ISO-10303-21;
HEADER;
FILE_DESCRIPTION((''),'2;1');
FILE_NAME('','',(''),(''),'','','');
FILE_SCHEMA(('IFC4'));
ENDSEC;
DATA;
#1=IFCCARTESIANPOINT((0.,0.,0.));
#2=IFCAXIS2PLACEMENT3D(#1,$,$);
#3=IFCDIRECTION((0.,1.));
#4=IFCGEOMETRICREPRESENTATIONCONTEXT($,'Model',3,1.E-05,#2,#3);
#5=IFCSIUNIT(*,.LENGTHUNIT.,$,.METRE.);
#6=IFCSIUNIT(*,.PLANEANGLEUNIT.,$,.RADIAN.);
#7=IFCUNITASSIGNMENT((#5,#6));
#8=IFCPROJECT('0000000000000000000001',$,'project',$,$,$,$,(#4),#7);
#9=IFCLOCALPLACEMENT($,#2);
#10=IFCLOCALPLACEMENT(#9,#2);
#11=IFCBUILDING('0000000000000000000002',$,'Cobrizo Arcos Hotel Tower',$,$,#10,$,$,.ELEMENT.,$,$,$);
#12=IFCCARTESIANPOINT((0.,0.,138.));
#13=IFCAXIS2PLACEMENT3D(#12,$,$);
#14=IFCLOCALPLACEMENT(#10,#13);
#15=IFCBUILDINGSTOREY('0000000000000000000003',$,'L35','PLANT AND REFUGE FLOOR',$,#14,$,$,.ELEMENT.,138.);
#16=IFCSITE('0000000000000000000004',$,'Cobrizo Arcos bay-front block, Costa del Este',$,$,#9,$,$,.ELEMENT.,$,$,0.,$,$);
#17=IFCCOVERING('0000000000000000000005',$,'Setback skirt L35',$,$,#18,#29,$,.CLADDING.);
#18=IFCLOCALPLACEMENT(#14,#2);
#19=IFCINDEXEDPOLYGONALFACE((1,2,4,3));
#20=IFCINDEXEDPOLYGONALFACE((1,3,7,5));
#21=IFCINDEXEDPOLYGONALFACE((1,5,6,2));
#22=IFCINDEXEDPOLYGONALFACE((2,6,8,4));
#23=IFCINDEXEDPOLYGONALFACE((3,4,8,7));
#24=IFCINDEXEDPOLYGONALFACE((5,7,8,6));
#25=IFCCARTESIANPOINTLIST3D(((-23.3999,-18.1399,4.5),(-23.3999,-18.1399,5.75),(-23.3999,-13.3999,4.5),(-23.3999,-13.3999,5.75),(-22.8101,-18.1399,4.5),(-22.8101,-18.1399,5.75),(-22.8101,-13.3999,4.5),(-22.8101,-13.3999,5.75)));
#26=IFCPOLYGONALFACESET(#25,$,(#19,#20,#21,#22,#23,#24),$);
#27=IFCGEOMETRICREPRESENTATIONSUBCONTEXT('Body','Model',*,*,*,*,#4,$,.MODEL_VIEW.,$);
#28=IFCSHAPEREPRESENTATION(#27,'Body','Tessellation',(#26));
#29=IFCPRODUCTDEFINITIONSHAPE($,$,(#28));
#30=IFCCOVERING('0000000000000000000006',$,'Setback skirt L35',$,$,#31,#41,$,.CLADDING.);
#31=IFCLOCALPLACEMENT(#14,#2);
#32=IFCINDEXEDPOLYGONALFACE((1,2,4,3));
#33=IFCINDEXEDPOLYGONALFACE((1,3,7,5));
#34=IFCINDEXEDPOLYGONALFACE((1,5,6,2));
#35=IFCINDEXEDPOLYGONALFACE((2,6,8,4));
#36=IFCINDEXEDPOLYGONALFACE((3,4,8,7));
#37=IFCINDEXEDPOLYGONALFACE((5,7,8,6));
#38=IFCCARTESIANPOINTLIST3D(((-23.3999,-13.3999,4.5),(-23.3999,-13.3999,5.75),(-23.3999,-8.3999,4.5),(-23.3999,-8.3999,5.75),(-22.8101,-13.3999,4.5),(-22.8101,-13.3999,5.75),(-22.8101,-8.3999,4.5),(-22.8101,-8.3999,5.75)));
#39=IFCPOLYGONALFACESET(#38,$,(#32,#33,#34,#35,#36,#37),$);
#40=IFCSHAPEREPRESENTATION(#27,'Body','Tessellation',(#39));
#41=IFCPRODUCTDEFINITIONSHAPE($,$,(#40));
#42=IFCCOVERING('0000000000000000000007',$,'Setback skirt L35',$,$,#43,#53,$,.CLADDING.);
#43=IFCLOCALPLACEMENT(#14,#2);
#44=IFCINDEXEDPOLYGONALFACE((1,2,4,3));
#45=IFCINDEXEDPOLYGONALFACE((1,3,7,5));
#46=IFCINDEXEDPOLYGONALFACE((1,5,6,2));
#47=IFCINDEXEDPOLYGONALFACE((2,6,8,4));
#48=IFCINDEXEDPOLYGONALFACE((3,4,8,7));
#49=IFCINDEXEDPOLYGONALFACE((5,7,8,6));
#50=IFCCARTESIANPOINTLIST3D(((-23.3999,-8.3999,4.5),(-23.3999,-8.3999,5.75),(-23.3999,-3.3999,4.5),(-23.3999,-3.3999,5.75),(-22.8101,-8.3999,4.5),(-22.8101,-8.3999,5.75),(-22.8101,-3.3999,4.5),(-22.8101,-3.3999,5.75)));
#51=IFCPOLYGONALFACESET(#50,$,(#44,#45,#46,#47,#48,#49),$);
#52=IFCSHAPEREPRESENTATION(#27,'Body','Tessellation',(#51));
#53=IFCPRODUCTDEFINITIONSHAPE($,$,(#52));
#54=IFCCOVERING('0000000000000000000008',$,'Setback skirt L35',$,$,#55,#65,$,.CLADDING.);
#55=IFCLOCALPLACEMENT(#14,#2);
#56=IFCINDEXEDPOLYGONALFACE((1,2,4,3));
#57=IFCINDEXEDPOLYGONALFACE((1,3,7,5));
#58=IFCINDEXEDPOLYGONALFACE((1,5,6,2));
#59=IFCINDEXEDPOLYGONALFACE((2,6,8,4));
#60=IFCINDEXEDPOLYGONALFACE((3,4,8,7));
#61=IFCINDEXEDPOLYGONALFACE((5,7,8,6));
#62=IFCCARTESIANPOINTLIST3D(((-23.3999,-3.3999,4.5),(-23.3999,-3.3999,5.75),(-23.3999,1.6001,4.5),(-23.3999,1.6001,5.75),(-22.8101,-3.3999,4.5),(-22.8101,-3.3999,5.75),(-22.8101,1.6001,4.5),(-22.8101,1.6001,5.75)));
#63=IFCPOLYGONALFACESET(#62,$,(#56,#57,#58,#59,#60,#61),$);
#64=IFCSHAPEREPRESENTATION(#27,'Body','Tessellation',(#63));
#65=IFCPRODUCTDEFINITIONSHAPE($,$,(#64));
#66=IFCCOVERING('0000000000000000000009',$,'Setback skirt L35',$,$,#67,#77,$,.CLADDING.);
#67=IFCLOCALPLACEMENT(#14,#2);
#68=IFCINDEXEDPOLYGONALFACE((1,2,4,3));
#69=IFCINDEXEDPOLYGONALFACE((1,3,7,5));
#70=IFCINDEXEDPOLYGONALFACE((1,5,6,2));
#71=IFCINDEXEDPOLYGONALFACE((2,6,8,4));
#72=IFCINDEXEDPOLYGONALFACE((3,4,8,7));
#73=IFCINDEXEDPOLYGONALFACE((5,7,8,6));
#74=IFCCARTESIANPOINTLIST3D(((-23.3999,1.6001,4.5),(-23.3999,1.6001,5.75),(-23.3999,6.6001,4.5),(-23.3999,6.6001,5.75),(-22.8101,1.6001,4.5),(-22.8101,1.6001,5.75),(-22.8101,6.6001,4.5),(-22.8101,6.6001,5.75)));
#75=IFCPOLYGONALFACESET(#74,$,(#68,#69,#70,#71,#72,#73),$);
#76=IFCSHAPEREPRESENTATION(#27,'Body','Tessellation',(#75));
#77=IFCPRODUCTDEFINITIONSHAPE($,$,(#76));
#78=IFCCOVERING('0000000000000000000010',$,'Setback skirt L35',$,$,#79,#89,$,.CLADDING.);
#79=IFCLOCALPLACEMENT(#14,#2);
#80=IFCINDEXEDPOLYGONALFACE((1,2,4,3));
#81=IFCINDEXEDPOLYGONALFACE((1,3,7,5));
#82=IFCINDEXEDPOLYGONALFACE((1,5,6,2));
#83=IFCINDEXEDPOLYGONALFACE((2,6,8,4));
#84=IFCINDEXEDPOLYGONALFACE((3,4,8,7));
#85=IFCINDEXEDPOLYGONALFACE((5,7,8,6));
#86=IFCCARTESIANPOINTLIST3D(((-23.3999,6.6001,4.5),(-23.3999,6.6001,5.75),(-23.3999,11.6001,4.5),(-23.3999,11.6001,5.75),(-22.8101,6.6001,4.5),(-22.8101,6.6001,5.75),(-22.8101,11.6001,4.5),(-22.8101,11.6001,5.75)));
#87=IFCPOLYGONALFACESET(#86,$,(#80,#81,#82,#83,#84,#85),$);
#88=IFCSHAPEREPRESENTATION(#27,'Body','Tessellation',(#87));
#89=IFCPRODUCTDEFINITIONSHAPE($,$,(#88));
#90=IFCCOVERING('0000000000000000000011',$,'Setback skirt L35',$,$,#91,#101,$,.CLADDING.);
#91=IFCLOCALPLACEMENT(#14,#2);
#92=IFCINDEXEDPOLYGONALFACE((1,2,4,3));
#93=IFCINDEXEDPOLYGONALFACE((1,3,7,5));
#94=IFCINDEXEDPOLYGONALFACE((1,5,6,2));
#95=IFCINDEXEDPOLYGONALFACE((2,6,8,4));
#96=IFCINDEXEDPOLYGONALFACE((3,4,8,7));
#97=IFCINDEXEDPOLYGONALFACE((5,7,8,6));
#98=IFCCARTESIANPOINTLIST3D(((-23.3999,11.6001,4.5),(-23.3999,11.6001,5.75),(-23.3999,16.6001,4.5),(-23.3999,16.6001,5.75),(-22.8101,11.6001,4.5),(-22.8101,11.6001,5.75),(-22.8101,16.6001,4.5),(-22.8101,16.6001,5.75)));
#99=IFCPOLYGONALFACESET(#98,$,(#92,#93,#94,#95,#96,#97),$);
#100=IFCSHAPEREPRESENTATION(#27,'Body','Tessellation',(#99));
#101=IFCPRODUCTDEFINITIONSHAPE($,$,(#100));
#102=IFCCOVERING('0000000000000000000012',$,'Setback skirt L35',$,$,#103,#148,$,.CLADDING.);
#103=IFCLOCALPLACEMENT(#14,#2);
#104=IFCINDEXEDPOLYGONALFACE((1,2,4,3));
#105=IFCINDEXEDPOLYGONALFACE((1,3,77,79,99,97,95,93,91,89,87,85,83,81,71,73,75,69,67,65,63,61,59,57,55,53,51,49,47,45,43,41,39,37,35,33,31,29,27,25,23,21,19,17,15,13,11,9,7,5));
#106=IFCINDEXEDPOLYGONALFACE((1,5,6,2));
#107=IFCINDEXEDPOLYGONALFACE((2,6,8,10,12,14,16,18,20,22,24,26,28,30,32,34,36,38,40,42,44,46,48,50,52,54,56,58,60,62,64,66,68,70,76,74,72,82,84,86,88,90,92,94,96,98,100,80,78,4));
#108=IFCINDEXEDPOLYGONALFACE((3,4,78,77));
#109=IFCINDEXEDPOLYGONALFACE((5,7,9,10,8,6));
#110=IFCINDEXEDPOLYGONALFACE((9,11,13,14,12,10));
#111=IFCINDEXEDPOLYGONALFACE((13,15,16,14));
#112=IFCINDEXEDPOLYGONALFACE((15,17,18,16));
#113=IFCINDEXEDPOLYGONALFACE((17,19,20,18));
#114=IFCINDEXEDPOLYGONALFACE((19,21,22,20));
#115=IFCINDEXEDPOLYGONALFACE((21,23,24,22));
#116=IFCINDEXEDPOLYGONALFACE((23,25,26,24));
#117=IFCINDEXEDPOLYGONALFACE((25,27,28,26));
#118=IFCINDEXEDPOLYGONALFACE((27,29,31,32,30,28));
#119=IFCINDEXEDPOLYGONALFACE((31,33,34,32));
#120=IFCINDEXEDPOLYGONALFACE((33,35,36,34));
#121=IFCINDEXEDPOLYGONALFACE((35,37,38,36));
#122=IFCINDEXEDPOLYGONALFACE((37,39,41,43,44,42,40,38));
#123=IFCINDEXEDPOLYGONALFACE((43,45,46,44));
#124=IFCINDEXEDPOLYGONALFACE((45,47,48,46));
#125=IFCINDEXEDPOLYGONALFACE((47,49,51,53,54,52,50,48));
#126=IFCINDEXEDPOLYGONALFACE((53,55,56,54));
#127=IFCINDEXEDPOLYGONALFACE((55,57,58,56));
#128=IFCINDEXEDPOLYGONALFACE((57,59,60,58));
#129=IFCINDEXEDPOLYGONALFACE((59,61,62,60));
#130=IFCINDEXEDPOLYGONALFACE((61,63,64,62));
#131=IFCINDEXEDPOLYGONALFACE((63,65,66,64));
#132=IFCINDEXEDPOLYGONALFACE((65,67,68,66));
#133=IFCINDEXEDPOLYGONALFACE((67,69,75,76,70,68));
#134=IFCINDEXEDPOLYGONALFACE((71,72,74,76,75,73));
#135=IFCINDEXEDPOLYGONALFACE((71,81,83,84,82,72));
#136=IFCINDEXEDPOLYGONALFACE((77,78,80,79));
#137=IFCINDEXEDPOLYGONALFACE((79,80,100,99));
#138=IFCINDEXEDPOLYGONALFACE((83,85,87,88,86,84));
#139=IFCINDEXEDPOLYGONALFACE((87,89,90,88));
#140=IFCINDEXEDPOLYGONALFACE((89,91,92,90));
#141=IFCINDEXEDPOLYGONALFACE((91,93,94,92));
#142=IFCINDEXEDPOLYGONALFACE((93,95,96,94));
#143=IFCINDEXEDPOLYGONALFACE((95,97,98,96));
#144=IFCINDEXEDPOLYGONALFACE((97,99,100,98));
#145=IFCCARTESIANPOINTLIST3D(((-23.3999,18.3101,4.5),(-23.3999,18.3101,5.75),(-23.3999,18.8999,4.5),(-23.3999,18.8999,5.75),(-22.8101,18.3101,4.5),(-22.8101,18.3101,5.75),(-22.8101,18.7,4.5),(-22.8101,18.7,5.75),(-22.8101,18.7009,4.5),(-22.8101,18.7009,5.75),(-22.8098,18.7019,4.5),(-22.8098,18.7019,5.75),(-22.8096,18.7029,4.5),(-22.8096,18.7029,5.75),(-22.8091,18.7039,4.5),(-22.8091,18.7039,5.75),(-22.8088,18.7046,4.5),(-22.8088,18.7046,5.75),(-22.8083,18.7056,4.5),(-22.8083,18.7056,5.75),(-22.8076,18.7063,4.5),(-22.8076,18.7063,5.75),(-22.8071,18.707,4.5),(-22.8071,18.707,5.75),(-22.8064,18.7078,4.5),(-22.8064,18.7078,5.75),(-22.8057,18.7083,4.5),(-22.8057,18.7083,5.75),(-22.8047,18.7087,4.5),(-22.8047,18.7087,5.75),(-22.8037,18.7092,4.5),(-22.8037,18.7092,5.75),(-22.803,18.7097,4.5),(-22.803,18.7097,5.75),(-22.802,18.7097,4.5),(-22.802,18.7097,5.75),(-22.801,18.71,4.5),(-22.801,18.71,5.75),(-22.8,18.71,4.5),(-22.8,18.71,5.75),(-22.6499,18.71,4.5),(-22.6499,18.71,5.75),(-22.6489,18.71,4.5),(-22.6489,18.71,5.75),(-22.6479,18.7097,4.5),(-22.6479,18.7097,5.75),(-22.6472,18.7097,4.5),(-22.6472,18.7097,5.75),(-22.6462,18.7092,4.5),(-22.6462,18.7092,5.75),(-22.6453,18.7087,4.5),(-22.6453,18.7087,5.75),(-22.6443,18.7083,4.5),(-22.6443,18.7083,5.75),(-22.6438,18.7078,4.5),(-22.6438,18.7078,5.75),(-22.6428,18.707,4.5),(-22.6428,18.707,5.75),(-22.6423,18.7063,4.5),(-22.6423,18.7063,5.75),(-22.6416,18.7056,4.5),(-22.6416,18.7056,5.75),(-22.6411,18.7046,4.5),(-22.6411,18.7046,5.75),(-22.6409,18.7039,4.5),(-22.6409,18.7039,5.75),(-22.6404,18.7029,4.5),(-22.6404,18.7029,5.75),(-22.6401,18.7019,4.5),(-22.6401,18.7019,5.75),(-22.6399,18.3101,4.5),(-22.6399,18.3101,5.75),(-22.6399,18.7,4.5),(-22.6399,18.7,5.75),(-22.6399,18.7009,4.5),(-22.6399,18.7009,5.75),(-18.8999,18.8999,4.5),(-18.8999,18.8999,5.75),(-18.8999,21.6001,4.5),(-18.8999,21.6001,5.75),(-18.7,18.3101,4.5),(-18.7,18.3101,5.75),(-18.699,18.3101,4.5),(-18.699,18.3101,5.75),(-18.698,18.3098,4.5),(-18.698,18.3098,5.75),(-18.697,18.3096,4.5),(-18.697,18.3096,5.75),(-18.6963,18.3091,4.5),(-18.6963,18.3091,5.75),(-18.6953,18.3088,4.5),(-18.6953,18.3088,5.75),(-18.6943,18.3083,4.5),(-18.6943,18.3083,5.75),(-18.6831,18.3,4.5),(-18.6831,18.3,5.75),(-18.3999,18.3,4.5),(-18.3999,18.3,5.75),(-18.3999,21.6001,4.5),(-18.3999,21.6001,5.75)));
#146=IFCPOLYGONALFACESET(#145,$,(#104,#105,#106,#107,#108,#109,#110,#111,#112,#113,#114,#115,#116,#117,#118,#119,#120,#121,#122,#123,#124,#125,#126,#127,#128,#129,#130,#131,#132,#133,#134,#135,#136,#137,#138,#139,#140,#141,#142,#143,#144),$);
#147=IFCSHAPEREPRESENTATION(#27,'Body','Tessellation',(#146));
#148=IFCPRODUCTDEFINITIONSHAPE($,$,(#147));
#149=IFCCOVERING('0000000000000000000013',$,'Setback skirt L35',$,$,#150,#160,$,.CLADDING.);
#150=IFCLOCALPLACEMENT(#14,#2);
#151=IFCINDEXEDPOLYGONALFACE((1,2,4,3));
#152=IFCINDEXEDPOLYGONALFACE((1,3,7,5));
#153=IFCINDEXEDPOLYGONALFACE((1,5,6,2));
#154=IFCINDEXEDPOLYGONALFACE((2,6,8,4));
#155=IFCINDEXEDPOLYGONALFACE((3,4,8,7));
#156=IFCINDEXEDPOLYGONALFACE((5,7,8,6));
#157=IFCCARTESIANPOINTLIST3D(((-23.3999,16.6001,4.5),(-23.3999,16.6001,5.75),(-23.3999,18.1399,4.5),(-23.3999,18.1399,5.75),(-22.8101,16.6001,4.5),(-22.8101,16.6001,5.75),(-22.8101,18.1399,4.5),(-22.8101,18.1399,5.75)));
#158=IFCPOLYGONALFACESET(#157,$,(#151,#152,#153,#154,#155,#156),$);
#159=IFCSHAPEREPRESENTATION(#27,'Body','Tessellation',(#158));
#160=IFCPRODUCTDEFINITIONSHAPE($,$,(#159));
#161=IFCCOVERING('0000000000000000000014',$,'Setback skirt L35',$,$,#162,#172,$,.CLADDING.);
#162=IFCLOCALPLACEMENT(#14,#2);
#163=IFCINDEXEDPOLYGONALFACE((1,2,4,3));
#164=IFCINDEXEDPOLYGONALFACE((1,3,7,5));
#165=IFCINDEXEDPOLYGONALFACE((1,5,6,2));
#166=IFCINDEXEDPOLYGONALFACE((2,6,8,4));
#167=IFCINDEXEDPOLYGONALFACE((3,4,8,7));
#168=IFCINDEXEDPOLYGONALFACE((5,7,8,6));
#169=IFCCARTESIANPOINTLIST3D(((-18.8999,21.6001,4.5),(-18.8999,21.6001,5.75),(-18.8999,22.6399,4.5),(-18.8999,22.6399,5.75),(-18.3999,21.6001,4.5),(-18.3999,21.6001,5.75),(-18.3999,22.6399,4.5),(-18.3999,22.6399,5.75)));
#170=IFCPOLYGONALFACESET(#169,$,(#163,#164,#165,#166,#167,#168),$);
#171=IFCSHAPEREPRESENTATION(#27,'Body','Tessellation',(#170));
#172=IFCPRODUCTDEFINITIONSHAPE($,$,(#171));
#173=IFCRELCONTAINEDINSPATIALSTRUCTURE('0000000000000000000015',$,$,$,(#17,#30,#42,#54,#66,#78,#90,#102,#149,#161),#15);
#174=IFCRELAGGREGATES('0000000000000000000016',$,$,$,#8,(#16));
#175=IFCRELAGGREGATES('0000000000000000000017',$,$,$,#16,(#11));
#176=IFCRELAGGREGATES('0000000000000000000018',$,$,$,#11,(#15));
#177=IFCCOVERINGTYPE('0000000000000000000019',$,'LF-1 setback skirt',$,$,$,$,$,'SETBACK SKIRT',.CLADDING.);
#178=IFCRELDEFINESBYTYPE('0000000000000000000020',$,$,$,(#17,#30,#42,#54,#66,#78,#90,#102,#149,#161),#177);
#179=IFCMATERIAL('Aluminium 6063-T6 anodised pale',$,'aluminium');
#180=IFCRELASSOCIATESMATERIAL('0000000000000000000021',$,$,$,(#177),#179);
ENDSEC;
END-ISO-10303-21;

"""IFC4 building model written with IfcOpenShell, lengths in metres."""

from ifc_helpers import new_model, si_unit, direction, frame, origin, place, context, subcontext, project, spatial, polyline, outline, extrude, material, type_object, element, save


model = new_model("IFC4")

# Units and contexts
model_context = context("Model", 3, precision=1e-05, world=origin(), true_north=direction((0.0, 1.0)))
body_context = subcontext(model_context, "Body", "Model", "MODEL_VIEW")
ifc_project = project(units=[si_unit("LENGTHUNIT", "METRE"), si_unit("PLANEANGLEUNIT", "RADIAN")], contexts=[model_context])

# Site, building, storey
site_placement = place(None, origin())
site = spatial("IfcSite", under=ifc_project, at=site_placement, Name="Cobrizo Arcos bay-front block, Costa del Este", CompositionType="ELEMENT", RefElevation=0.0)
building_placement = place(site_placement, origin())
building = spatial("IfcBuilding", under=site, at=building_placement, Name="Cobrizo Arcos Hotel Tower", CompositionType="ELEMENT")
storey_placement = place(building_placement, frame((0.0, 0.0, 138.0)))
storey = spatial("IfcBuildingStorey", under=building, at=storey_placement, Name="L35", Description="PLANT AND REFUGE FLOOR", CompositionType="ELEMENT", Elevation=138.0)

# Coverings
ifc_material_1 = material(Name="Aluminium 6063-T6 anodised pale", Category="aluminium")
covering_type = type_object("IfcCoveringType", Name="LF-1 setback skirt", ElementType="SETBACK SKIRT", PredefinedType="CLADDING", material=ifc_material_1)
covering_1_placement = place(storey_placement, frame((0.0, 0.0, 4.5)))
element("IfcCovering", 1, at=covering_1_placement, inside=storey, type_object=covering_type, Name="Setback skirt L35", PredefinedType="CLADDING", context=body_context, shape_type="SweptSolid", body=[
    extrude(outline(polyline([(-22.8101, -18.1399), (-22.8101, -13.3999), (-23.3999, -13.3999), (-23.3999, -18.1399), (-22.8101, -18.1399)])), origin(), (0.0, 0.0, 1.0), 1.25),
])
covering_2_placement = place(storey_placement, frame((0.0, 0.0, 4.5)))
element("IfcCovering", 2, at=covering_2_placement, inside=storey, type_object=covering_type, Name="Setback skirt L35", PredefinedType="CLADDING", context=body_context, shape_type="SweptSolid", body=[
    extrude(outline(polyline([(-22.8101, -13.3999), (-22.8101, -8.3999), (-23.3999, -8.3999), (-23.3999, -13.3999), (-22.8101, -13.3999)])), origin(), (0.0, 0.0, 1.0), 1.25),
])
covering_3_placement = place(storey_placement, frame((0.0, 0.0, 4.5)))
element("IfcCovering", 3, at=covering_3_placement, inside=storey, type_object=covering_type, Name="Setback skirt L35", PredefinedType="CLADDING", context=body_context, shape_type="SweptSolid", body=[
    extrude(outline(polyline([(-22.8101, -8.3999), (-22.8101, -3.3999), (-23.3999, -3.3999), (-23.3999, -8.3999), (-22.8101, -8.3999)])), origin(), (0.0, 0.0, 1.0), 1.25),
])
covering_4_placement = place(storey_placement, frame((0.0, 0.0, 4.5)))
element("IfcCovering", 4, at=covering_4_placement, inside=storey, type_object=covering_type, Name="Setback skirt L35", PredefinedType="CLADDING", context=body_context, shape_type="SweptSolid", body=[
    extrude(outline(polyline([(-22.8101, -3.3999), (-22.8101, 1.6001), (-23.3999, 1.6001), (-23.3999, -3.3999), (-22.8101, -3.3999)])), origin(), (0.0, 0.0, 1.0), 1.25),
])
covering_5_placement = place(storey_placement, frame((0.0, 0.0, 4.5)))
element("IfcCovering", 5, at=covering_5_placement, inside=storey, type_object=covering_type, Name="Setback skirt L35", PredefinedType="CLADDING", context=body_context, shape_type="SweptSolid", body=[
    extrude(outline(polyline([(-22.8101, 1.6001), (-22.8101, 6.6001), (-23.3999, 6.6001), (-23.3999, 1.6001), (-22.8101, 1.6001)])), origin(), (0.0, 0.0, 1.0), 1.25),
])
covering_6_placement = place(storey_placement, frame((0.0, 0.0, 4.5)))
element("IfcCovering", 6, at=covering_6_placement, inside=storey, type_object=covering_type, Name="Setback skirt L35", PredefinedType="CLADDING", context=body_context, shape_type="SweptSolid", body=[
    extrude(outline(polyline([(-22.8101, 6.6001), (-22.8101, 11.6001), (-23.3999, 11.6001), (-23.3999, 6.6001), (-22.8101, 6.6001)])), origin(), (0.0, 0.0, 1.0), 1.25),
])
covering_7_placement = place(storey_placement, frame((0.0, 0.0, 4.5)))
element("IfcCovering", 7, at=covering_7_placement, inside=storey, type_object=covering_type, Name="Setback skirt L35", PredefinedType="CLADDING", context=body_context, shape_type="SweptSolid", body=[
    extrude(outline(polyline([(-22.8101, 11.6001), (-22.8101, 16.6001), (-23.3999, 16.6001), (-23.3999, 11.6001), (-22.8101, 11.6001)])), origin(), (0.0, 0.0, 1.0), 1.25),
])
covering_8_placement = place(storey_placement, frame((0.0, 0.0, 4.5)))
element("IfcCovering", 8, at=covering_8_placement, inside=storey, type_object=covering_type, Name="Setback skirt L35", PredefinedType="CLADDING", context=body_context, shape_type="SweptSolid", body=[
    extrude(outline(polyline([(-18.8999, 21.6001), (-18.8999, 18.8999), (-23.3999, 18.8999), (-23.3999, 18.3101), (-22.8101, 18.3101), (-22.8101, 18.7), (-22.8101, 18.7009), (-22.8098, 18.7019), (-22.8096, 18.7029), (-22.8091, 18.7039), (-22.8088, 18.7046), (-22.8083, 18.7056), (-22.8076, 18.7063), (-22.8071, 18.707), (-22.8064, 18.7078), (-22.8057, 18.7083), (-22.8047, 18.7087), (-22.8037, 18.7092), (-22.803, 18.7097), (-22.802, 18.7097), (-22.801, 18.71), (-22.8, 18.71), (-22.6499, 18.71), (-22.6489, 18.71), (-22.6479, 18.7097), (-22.6472, 18.7097), (-22.6462, 18.7092), (-22.6453, 18.7087), (-22.6443, 18.7083), (-22.6438, 18.7078), (-22.6428, 18.707), (-22.6423, 18.7063), (-22.6416, 18.7056), (-22.6411, 18.7046), (-22.6409, 18.7039), (-22.6404, 18.7029), (-22.6401, 18.7019), (-22.6399, 18.7009), (-22.6399, 18.7), (-22.6399, 18.3101), (-18.7, 18.3101), (-18.699, 18.3101), (-18.698, 18.3098), (-18.697, 18.3096), (-18.6963, 18.3091), (-18.6953, 18.3088), (-18.6943, 18.3083), (-18.6831, 18.3), (-18.3999, 18.3), (-18.3999, 21.6001), (-18.8999, 21.6001)])), origin(), (0.0, 0.0, 1.0), 1.25),
])
covering_9_placement = place(storey_placement, frame((0.0, 0.0, 4.5)))
element("IfcCovering", 9, at=covering_9_placement, inside=storey, type_object=covering_type, Name="Setback skirt L35", PredefinedType="CLADDING", context=body_context, shape_type="SweptSolid", body=[
    extrude(outline(polyline([(-22.8101, 16.6001), (-22.8101, 18.1399), (-23.3999, 18.1399), (-23.3999, 16.6001), (-22.8101, 16.6001)])), origin(), (0.0, 0.0, 1.0), 1.25),
])
covering_10_placement = place(storey_placement, frame((0.0, 0.0, 4.5)))
element("IfcCovering", 10, at=covering_10_placement, inside=storey, type_object=covering_type, Name="Setback skirt L35", PredefinedType="CLADDING", context=body_context, shape_type="SweptSolid", body=[
    extrude(outline(polyline([(-18.8999, 22.6399), (-18.8999, 21.6001), (-18.3999, 21.6001), (-18.3999, 22.6399), (-18.8999, 22.6399)])), origin(), (0.0, 0.0, 1.0), 1.25),
])

save(model, "model.ifc")
